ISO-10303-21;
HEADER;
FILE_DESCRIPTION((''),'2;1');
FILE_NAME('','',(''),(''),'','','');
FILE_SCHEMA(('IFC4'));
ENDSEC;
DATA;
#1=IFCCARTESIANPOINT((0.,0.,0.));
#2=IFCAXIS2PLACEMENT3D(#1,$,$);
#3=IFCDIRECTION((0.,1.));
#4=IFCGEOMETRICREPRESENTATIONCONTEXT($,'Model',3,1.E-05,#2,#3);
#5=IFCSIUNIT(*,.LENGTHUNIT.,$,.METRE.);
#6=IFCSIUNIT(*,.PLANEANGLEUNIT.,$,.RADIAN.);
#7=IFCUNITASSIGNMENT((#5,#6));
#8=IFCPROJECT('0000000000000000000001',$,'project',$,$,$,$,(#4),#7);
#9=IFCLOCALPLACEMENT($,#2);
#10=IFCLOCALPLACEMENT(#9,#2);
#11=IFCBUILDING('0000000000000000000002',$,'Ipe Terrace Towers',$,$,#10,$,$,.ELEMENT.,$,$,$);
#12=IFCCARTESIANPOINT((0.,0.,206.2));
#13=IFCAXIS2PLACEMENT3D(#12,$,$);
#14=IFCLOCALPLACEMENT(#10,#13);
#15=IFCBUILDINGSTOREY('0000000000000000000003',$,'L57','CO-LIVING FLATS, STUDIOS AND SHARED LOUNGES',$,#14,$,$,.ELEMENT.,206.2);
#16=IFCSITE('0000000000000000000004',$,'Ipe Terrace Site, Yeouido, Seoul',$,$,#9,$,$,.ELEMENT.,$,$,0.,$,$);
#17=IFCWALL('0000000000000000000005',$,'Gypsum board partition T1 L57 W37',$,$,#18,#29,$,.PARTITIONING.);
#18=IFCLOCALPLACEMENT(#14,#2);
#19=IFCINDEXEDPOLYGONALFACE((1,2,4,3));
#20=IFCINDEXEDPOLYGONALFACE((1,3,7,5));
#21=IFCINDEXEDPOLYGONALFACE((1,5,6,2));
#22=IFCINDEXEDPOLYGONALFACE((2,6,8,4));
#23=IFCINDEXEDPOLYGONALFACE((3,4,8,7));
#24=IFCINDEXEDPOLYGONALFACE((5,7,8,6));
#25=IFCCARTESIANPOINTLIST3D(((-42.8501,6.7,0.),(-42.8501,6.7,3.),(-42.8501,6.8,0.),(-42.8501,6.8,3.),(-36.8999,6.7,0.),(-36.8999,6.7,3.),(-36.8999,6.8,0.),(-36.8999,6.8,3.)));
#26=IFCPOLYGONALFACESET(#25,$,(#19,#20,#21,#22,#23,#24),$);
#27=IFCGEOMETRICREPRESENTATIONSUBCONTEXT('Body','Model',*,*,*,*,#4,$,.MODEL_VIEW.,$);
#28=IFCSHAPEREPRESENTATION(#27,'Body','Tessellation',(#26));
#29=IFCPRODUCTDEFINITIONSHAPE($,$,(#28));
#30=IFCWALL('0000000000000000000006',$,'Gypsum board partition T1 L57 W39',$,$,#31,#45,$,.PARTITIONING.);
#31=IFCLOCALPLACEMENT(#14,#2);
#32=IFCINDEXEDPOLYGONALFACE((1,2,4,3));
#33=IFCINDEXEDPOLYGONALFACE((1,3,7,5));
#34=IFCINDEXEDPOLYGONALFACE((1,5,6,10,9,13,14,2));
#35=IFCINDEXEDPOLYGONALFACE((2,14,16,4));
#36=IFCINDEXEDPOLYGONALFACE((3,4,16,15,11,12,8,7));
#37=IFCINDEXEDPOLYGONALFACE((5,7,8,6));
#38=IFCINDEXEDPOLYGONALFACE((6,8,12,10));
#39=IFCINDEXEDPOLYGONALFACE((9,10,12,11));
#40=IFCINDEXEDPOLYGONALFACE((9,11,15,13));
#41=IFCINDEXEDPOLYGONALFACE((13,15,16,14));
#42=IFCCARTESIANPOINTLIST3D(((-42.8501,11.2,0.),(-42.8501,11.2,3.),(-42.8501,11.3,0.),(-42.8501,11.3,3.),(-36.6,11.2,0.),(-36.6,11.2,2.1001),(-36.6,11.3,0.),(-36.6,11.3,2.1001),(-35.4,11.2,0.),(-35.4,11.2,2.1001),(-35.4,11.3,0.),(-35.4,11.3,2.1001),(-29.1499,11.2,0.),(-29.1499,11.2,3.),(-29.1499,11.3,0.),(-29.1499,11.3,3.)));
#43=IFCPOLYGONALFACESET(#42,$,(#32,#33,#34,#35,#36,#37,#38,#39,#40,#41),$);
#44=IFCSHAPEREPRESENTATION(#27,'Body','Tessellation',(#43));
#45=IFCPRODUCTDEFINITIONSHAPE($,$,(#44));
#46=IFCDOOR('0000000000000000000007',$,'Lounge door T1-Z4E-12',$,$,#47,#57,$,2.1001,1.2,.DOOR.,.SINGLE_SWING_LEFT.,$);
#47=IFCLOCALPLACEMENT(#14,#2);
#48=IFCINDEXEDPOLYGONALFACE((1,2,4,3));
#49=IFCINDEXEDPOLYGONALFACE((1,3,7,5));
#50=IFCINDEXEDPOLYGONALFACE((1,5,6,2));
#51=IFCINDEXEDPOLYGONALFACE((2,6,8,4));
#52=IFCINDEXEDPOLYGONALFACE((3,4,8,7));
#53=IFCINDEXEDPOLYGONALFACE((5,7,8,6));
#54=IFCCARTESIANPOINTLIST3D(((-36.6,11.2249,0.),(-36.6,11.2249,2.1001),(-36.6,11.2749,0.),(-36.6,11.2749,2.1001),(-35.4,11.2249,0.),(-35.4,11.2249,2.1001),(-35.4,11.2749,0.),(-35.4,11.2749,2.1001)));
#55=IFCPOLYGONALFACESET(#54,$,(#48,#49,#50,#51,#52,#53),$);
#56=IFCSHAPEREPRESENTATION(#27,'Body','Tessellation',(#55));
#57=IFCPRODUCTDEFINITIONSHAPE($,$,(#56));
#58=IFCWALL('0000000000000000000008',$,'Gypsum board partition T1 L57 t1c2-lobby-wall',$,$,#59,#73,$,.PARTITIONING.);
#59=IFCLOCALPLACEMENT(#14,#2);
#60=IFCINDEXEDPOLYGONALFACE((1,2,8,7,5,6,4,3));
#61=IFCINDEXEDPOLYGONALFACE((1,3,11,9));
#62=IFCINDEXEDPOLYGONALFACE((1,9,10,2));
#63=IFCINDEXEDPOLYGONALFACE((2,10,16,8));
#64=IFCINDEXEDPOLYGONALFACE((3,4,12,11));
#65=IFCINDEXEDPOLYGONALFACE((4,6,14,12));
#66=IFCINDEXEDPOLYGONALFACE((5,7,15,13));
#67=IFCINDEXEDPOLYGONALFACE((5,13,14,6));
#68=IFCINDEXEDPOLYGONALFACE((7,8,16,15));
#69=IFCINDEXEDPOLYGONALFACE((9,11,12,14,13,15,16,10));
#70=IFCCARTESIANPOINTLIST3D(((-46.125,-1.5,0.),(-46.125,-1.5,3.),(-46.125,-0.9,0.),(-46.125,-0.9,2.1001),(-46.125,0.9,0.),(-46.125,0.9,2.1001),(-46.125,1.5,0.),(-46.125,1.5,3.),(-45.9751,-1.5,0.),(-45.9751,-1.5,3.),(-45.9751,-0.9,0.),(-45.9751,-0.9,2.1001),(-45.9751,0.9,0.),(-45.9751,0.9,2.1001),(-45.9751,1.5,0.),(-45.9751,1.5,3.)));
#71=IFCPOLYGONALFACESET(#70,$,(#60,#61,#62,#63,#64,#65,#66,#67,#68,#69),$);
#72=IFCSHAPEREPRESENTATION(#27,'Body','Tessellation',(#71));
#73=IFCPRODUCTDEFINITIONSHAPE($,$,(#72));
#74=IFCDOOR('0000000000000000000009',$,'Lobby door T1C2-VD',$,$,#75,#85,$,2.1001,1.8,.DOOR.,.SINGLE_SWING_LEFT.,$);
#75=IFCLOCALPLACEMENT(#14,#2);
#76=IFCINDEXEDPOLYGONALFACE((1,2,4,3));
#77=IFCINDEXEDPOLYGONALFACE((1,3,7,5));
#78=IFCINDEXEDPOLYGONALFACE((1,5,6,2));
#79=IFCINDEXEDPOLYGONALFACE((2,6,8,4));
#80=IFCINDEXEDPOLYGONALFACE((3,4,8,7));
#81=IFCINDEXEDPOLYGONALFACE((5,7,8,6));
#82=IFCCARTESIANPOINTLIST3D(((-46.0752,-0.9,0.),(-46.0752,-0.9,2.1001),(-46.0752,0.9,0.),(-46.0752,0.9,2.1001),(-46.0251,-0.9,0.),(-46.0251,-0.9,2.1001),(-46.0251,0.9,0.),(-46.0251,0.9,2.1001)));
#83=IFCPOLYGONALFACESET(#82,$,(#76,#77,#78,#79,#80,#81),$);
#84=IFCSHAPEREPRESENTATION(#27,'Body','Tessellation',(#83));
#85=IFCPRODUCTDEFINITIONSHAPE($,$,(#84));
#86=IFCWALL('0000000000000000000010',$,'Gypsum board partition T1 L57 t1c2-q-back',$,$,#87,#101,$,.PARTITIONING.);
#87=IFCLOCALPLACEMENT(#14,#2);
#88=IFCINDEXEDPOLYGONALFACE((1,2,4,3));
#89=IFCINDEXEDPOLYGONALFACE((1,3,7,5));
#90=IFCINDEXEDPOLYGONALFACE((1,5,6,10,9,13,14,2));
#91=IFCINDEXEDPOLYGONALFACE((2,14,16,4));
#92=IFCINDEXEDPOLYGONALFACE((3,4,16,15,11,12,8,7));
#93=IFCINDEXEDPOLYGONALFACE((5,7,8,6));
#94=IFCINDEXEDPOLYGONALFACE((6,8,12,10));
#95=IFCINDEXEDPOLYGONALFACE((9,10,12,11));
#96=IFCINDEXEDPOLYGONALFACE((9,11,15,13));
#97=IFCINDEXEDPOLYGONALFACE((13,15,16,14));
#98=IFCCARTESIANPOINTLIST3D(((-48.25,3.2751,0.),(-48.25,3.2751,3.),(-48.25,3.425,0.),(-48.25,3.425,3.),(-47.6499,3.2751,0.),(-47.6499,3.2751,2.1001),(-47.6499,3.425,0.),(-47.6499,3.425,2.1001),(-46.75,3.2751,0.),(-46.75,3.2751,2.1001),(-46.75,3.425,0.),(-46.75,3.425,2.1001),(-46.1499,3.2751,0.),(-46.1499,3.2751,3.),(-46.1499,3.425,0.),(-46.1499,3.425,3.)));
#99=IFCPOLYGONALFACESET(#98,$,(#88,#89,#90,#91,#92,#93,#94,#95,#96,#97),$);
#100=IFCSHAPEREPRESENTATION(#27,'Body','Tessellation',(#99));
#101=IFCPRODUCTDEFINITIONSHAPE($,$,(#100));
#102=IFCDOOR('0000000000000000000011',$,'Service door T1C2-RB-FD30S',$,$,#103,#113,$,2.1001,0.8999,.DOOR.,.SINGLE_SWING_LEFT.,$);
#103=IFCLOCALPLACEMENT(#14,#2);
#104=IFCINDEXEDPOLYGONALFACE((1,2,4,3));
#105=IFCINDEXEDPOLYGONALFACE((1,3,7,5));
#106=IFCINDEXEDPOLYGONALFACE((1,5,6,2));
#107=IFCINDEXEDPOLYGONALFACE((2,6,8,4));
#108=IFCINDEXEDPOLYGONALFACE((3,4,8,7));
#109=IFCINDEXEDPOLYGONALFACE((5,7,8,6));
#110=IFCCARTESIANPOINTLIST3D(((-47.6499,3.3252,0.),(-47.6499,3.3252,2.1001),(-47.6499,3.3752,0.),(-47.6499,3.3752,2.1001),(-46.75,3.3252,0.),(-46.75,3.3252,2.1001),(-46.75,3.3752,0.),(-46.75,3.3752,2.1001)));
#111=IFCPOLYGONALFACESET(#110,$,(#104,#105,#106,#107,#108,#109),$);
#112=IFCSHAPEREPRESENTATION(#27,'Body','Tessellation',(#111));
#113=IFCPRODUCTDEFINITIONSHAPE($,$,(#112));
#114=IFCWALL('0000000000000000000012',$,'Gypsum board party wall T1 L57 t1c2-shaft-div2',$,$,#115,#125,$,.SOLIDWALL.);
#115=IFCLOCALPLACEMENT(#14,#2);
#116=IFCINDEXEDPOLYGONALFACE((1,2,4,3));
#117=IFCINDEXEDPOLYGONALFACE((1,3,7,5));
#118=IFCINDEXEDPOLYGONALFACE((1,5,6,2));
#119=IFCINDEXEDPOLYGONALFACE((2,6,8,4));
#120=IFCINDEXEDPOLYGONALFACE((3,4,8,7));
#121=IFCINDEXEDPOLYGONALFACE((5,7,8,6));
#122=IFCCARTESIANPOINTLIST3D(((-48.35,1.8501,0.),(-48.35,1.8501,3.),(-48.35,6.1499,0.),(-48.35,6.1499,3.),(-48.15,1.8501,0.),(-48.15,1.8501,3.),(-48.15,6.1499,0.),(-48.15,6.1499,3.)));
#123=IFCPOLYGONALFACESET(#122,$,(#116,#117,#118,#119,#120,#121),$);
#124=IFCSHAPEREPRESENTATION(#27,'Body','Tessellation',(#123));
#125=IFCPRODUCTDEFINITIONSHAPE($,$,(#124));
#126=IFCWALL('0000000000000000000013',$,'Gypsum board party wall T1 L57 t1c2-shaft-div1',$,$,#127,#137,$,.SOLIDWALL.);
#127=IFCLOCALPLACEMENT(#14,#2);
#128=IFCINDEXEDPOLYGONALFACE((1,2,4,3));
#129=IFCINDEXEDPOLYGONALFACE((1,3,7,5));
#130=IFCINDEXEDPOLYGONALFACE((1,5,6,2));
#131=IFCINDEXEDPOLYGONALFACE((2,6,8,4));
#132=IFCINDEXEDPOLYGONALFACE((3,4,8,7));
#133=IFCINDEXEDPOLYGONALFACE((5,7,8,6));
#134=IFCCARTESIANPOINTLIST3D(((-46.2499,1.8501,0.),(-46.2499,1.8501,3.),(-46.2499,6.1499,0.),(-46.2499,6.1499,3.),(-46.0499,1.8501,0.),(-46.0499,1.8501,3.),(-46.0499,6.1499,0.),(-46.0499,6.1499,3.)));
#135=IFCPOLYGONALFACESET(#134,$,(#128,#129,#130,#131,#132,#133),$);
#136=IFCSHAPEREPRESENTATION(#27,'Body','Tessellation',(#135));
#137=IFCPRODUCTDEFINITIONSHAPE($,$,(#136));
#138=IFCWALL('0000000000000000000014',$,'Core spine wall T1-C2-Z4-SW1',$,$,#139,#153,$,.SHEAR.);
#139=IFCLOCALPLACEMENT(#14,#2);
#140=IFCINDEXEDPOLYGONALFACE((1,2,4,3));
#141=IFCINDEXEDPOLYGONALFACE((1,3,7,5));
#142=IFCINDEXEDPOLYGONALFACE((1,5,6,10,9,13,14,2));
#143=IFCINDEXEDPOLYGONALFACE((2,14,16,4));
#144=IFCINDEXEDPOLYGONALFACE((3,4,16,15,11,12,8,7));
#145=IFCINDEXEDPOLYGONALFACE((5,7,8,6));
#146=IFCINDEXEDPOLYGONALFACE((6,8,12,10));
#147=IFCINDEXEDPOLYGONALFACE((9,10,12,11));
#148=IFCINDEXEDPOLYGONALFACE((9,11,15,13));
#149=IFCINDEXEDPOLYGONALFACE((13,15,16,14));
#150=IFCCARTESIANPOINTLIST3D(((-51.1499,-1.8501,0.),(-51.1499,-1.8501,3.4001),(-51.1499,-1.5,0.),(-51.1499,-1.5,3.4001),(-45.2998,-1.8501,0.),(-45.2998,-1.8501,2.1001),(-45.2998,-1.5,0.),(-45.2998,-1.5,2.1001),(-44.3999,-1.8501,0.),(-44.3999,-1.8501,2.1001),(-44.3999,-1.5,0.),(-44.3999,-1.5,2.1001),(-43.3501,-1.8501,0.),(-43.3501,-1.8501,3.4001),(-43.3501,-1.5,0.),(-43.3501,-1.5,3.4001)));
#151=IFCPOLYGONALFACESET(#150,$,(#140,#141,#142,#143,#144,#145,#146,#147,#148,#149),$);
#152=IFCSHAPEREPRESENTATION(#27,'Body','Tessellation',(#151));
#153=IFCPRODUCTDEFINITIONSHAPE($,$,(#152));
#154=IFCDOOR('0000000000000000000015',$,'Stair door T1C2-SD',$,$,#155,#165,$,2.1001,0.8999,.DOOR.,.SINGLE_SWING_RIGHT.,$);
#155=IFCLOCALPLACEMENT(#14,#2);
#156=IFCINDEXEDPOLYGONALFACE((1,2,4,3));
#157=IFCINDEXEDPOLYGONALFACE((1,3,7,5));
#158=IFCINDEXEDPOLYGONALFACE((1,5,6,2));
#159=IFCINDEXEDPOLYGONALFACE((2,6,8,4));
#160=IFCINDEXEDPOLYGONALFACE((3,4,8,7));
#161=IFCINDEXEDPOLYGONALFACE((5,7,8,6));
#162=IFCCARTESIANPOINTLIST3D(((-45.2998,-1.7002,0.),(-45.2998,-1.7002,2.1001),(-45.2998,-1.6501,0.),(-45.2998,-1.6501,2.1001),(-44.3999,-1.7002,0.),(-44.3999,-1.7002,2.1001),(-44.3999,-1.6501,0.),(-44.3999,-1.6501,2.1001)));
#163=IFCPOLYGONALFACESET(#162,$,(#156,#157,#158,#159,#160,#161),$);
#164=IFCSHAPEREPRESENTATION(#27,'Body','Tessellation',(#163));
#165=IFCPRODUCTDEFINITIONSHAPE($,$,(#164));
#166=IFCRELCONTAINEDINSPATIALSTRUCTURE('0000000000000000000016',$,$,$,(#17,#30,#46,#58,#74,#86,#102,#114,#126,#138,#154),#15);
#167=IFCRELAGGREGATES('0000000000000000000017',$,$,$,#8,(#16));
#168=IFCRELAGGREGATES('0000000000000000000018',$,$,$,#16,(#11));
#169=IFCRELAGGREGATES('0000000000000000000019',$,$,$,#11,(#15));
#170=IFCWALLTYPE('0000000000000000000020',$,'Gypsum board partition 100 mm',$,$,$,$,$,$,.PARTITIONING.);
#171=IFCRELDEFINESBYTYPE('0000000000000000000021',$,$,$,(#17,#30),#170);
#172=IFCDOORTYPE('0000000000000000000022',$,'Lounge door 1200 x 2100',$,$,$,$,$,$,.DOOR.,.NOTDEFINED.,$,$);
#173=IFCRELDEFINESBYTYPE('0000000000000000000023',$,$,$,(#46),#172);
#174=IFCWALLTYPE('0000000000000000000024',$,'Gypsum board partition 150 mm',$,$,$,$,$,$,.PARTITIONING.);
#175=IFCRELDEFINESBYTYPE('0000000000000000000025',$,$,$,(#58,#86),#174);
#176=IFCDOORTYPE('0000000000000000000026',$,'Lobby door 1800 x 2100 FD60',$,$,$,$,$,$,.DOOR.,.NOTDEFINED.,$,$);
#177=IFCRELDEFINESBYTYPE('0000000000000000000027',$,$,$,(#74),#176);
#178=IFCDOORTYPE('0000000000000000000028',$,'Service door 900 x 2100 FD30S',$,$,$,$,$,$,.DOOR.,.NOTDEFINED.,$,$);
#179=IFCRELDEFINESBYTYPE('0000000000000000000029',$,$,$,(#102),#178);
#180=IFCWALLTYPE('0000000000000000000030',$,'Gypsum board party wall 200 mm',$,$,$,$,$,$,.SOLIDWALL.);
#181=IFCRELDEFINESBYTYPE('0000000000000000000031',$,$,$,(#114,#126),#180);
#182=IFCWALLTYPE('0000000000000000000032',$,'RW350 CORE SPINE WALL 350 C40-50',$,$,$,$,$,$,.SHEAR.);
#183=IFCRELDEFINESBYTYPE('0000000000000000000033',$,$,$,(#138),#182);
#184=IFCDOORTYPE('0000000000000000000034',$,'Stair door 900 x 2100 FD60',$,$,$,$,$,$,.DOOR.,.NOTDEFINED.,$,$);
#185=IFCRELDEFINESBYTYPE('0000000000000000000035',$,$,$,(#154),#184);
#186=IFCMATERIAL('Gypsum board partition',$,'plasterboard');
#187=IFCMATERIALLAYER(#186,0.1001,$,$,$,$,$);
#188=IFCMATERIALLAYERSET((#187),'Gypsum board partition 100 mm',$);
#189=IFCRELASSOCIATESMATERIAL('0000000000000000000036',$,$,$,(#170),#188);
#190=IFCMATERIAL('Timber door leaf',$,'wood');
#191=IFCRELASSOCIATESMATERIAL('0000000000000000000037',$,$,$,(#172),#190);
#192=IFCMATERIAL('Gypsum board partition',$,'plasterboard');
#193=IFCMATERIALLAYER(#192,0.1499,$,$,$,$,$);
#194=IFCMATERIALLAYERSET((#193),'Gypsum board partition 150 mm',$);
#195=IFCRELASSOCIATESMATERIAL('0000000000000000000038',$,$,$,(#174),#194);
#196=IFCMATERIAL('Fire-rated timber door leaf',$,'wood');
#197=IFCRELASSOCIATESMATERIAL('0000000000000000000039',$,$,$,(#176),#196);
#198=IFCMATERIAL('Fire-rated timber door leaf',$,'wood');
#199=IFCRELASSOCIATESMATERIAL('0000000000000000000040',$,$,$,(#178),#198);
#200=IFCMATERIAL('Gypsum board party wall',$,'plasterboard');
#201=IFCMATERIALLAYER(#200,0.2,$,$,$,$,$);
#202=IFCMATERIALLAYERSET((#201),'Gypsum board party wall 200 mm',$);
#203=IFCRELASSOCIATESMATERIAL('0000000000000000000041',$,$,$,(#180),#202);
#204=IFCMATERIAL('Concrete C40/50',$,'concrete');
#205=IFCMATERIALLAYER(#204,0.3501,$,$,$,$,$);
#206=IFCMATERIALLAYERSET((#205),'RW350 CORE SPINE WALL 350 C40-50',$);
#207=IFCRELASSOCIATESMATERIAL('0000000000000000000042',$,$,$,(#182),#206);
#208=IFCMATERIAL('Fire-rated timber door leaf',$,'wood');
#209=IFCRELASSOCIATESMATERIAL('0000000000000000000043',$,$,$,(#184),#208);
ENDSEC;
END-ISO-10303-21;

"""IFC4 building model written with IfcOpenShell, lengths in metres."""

from ifc_helpers import new_model, si_unit, direction, frame, frame_2d, origin, place, context, subcontext, project, spatial, rectangle, extrude, material, layer, layer_set, type_object, element, fill, save


model = new_model("IFC4")

# Units and contexts
model_context = context("Model", 3, precision=1e-05, world=origin(), true_north=direction((0.0, 1.0)))
body_context = subcontext(model_context, "Body", "Model", "MODEL_VIEW")
ifc_project = project(units=[si_unit("LENGTHUNIT", "METRE"), si_unit("PLANEANGLEUNIT", "RADIAN")], contexts=[model_context])

# Site, building, storey
site_placement = place(None, origin())
site = spatial("IfcSite", under=ifc_project, at=site_placement, Name="Ipe Terrace Site, Yeouido, Seoul", CompositionType="ELEMENT", RefElevation=0.0)
building_placement = place(site_placement, origin())
building = spatial("IfcBuilding", under=site, at=building_placement, Name="Ipe Terrace Towers", CompositionType="ELEMENT")
storey_placement = place(building_placement, frame((0.0, 0.0, 206.2)))
storey = spatial("IfcBuildingStorey", under=building, at=storey_placement, Name="L57", Description="CO-LIVING FLATS, STUDIOS AND SHARED LOUNGES", CompositionType="ELEMENT", Elevation=206.2)

# Shared definitions
ifc_material_1 = material(Name="Gypsum board partition", Category="plasterboard")
ifc_layer_1 = layer(ifc_material_1, 0.1001)
ifc_layer_set_1 = layer_set([ifc_layer_1], Name="Gypsum board partition 100 mm")
wall_type_1 = type_object("IfcWallType", Name="Gypsum board partition 100 mm", PredefinedType="PARTITIONING", material=ifc_layer_set_1)

# Wall
wall_1_placement = place(storey_placement, frame((-42.8501, 6.75, 0.0), z_axis=(0.0, 0.0, 1.0), x_axis=(1.0, 0.0, 0.0)))
element("IfcWall", 1, at=wall_1_placement, inside=storey, type_object=wall_type_1, Name="Gypsum board partition T1 L57 W37", PredefinedType="PARTITIONING", context=body_context, shape_type="SweptSolid", body=[
    extrude(rectangle(XDim=5.9502, YDim=0.1001, at=frame_2d((2.9751, 0.0))), origin(), (0.0, 0.0, 1.0), 3.0),
])

# Walls, openings, doors
wall_2_placement = place(storey_placement, frame((-42.8501, 11.25, 0.0), z_axis=(0.0, 0.0, 1.0), x_axis=(1.0, 0.0, 0.0)))
wall_2 = element("IfcWall", 2, at=wall_2_placement, inside=storey, type_object=wall_type_1, Name="Gypsum board partition T1 L57 W39", PredefinedType="PARTITIONING", context=body_context, shape_type="SweptSolid", body=[
    extrude(rectangle(XDim=13.7002, YDim=0.1001, at=frame_2d((6.8501, 0.0))), origin(), (0.0, 0.0, 1.0), 3.0),
])
opening_1_placement = place(wall_2_placement, frame((6.25, 0.0, 0.0)))
opening_1 = element("IfcOpeningElement", 3, at=opening_1_placement, cuts=wall_2, PredefinedType="OPENING", context=body_context, shape_type="SweptSolid", body=[
    extrude(rectangle(XDim=1.2, YDim=2.1001, at=frame_2d((0.6001, 1.05))), frame((0.0, 0.0601, 0.0), z_axis=(0.0, -1.0, 0.0), x_axis=(1.0, 0.0, 0.0)), (0.0, 0.0, 1.0), 0.1201),
])
ifc_material_2 = material(Name="Timber door leaf", Category="wood")
door_type_1 = type_object("IfcDoorType", Name="Lounge door 1200 x 2100", OperationType="NOTDEFINED", PredefinedType="DOOR", material=ifc_material_2)
door_1_placement = place(opening_1_placement, origin())
door_1 = element("IfcDoor", 4, at=door_1_placement, inside=storey, type_object=door_type_1, Name="Lounge door T1-Z4E-12", OperationType="SINGLE_SWING_LEFT", OverallHeight=2.1001, OverallWidth=1.2, PredefinedType="DOOR", context=body_context, shape_type="SweptSolid", body=[
    extrude(rectangle(XDim=1.2, YDim=2.1001, at=frame_2d((0.6001, 1.05))), frame((0.0, 0.0249, 0.0), z_axis=(0.0, -1.0, 0.0), x_axis=(1.0, 0.0, 0.0)), (0.0, 0.0, 1.0), 0.05),
])
fill(opening_1, door_1)
ifc_material_3 = material(Name="Gypsum board partition", Category="plasterboard")
ifc_layer_2 = layer(ifc_material_3, 0.1499)
ifc_layer_set_2 = layer_set([ifc_layer_2], Name="Gypsum board partition 150 mm")
wall_type_2 = type_object("IfcWallType", Name="Gypsum board partition 150 mm", PredefinedType="PARTITIONING", material=ifc_layer_set_2)
wall_3_placement = place(storey_placement, frame((-46.05, 1.5, 0.0), z_axis=(0.0, 0.0, 1.0), x_axis=(0.0, -1.0, 0.0)))
wall_3 = element("IfcWall", 5, at=wall_3_placement, inside=storey, type_object=wall_type_2, Name="Gypsum board partition T1 L57 t1c2-lobby-wall", PredefinedType="PARTITIONING", context=body_context, shape_type="SweptSolid", body=[
    extrude(rectangle(XDim=3.0, YDim=0.1499, at=frame_2d((1.5, 0.0))), origin(), (0.0, 0.0, 1.0), 3.0),
])
opening_2_placement = place(wall_3_placement, frame((0.6001, 0.0, 0.0)))
opening_2 = element("IfcOpeningElement", 6, at=opening_2_placement, cuts=wall_3, PredefinedType="OPENING", context=body_context, shape_type="SweptSolid", body=[
    extrude(rectangle(XDim=1.8, YDim=2.1001, at=frame_2d((0.8999, 1.05))), frame((0.0, 0.085, 0.0), z_axis=(0.0, -1.0, 0.0), x_axis=(1.0, 0.0, 0.0)), (0.0, 0.0, 1.0), 0.1699),
])
ifc_material_4 = material(Name="Fire-rated timber door leaf", Category="wood")
door_type_2 = type_object("IfcDoorType", Name="Lobby door 1800 x 2100 FD60", OperationType="NOTDEFINED", PredefinedType="DOOR", material=ifc_material_4)
door_2_placement = place(opening_2_placement, origin())
door_2 = element("IfcDoor", 7, at=door_2_placement, inside=storey, type_object=door_type_2, Name="Lobby door T1C2-VD", OperationType="SINGLE_SWING_LEFT", OverallHeight=2.1001, OverallWidth=1.8, PredefinedType="DOOR", context=body_context, shape_type="SweptSolid", body=[
    extrude(rectangle(XDim=1.8, YDim=2.1001, at=frame_2d((0.8999, 1.05))), frame((0.0, 0.0249, 0.0), z_axis=(0.0, -1.0, 0.0), x_axis=(1.0, 0.0, 0.0)), (0.0, 0.0, 1.0), 0.05),
])
fill(opening_2, door_2)
wall_4_placement = place(storey_placement, frame((-46.1499, 3.3501, 0.0), z_axis=(0.0, 0.0, 1.0), x_axis=(-1.0, 0.0, 0.0)))
wall_4 = element("IfcWall", 8, at=wall_4_placement, inside=storey, type_object=wall_type_2, Name="Gypsum board partition T1 L57 t1c2-q-back", PredefinedType="PARTITIONING", context=body_context, shape_type="SweptSolid", body=[
    extrude(rectangle(XDim=2.1001, YDim=0.1499, at=frame_2d((1.05, 0.0))), origin(), (0.0, 0.0, 1.0), 3.0),
])
opening_3_placement = place(wall_4_placement, frame((0.6001, 0.0, 0.0)))
opening_3 = element("IfcOpeningElement", 9, at=opening_3_placement, cuts=wall_4, PredefinedType="OPENING", context=body_context, shape_type="SweptSolid", body=[
    extrude(rectangle(XDim=0.8999, YDim=2.1001, at=frame_2d((0.45, 1.05))), frame((0.0, 0.085, 0.0), z_axis=(0.0, -1.0, 0.0), x_axis=(1.0, 0.0, 0.0)), (0.0, 0.0, 1.0), 0.1699),
])
ifc_material_5 = material(Name="Fire-rated timber door leaf", Category="wood")
door_type_3 = type_object("IfcDoorType", Name="Service door 900 x 2100 FD30S", OperationType="NOTDEFINED", PredefinedType="DOOR", material=ifc_material_5)
door_3_placement = place(opening_3_placement, origin())
door_3 = element("IfcDoor", 10, at=door_3_placement, inside=storey, type_object=door_type_3, Name="Service door T1C2-RB-FD30S", OperationType="SINGLE_SWING_LEFT", OverallHeight=2.1001, OverallWidth=0.8999, PredefinedType="DOOR", context=body_context, shape_type="SweptSolid", body=[
    extrude(rectangle(XDim=0.8999, YDim=2.1001, at=frame_2d((0.45, 1.05))), frame((0.0, 0.0249, 0.0), z_axis=(0.0, -1.0, 0.0), x_axis=(1.0, 0.0, 0.0)), (0.0, 0.0, 1.0), 0.05),
])
fill(opening_3, door_3)

# Walls
ifc_material_6 = material(Name="Gypsum board party wall", Category="plasterboard")
ifc_layer_3 = layer(ifc_material_6, 0.2)
ifc_layer_set_3 = layer_set([ifc_layer_3], Name="Gypsum board party wall 200 mm")
wall_type_3 = type_object("IfcWallType", Name="Gypsum board party wall 200 mm", PredefinedType="SOLIDWALL", material=ifc_layer_set_3)
for number, where, z_axis, x_axis, name in (
    (11, (-48.25, 6.1499, 0.0), (0.0, 0.0, 1.0), (0.0, -1.0, 0.0), "Gypsum board party wall T1 L57 t1c2-shaft-div2"),
    (12, (-46.1499, 6.1499, 0.0), (0.0, 0.0, 1.0), (0.0, -1.0, 0.0), "Gypsum board party wall T1 L57 t1c2-shaft-div1"),
):
    element("IfcWall", number, at=place(storey_placement, frame(where, z_axis=z_axis, x_axis=x_axis)), inside=storey, type_object=wall_type_3, Name=name, PredefinedType="SOLIDWALL", context=body_context, shape_type="SweptSolid", body=[
        extrude(rectangle(XDim=4.2998, YDim=0.2, at=frame_2d((2.1499, 0.0))), origin(), (0.0, 0.0, 1.0), 3.0),
    ])

# Wall, opening, door
ifc_material_7 = material(Name="Concrete C40/50", Category="concrete")
ifc_layer_4 = layer(ifc_material_7, 0.3501)
ifc_layer_set_4 = layer_set([ifc_layer_4], Name="RW350 CORE SPINE WALL 350 C40-50")
wall_type_4 = type_object("IfcWallType", Name="RW350 CORE SPINE WALL 350 C40-50", PredefinedType="SHEAR", material=ifc_layer_set_4)
wall_5_placement = place(storey_placement, frame((-51.1499, -1.675, 0.0), z_axis=(0.0, 0.0, 1.0), x_axis=(1.0, 0.0, 0.0)))
wall_5 = element("IfcWall", 13, at=wall_5_placement, inside=storey, type_object=wall_type_4, Name="Core spine wall T1-C2-Z4-SW1", PredefinedType="SHEAR", context=body_context, shape_type="SweptSolid", body=[
    extrude(rectangle(XDim=7.7998, YDim=0.3501, at=frame_2d((3.8999, 0.0))), origin(), (0.0, 0.0, 1.0), 3.4001),
])
opening_4_placement = place(wall_5_placement, frame((5.8501, 0.0, 0.0)))
opening_4 = element("IfcOpeningElement", 14, at=opening_4_placement, cuts=wall_5, PredefinedType="OPENING", context=body_context, shape_type="SweptSolid", body=[
    extrude(rectangle(XDim=0.8999, YDim=2.1001, at=frame_2d((0.45, 1.05))), frame((0.0, 0.1851, 0.0), z_axis=(0.0, -1.0, 0.0), x_axis=(1.0, 0.0, 0.0)), (0.0, 0.0, 1.0), 0.3701),
])
ifc_material_8 = material(Name="Fire-rated timber door leaf", Category="wood")
door_type_4 = type_object("IfcDoorType", Name="Stair door 900 x 2100 FD60", OperationType="NOTDEFINED", PredefinedType="DOOR", material=ifc_material_8)
door_4_placement = place(opening_4_placement, origin())
door_4 = element("IfcDoor", 15, at=door_4_placement, inside=storey, type_object=door_type_4, Name="Stair door T1C2-SD", OperationType="SINGLE_SWING_RIGHT", OverallHeight=2.1001, OverallWidth=0.8999, PredefinedType="DOOR", context=body_context, shape_type="SweptSolid", body=[
    extrude(rectangle(XDim=0.8999, YDim=2.1001, at=frame_2d((0.45, 1.05))), frame((0.0, 0.0249, 0.0), z_axis=(0.0, -1.0, 0.0), x_axis=(1.0, 0.0, 0.0)), (0.0, 0.0, 1.0), 0.05),
])
fill(opening_4, door_4)

save(model, "model.ifc")
